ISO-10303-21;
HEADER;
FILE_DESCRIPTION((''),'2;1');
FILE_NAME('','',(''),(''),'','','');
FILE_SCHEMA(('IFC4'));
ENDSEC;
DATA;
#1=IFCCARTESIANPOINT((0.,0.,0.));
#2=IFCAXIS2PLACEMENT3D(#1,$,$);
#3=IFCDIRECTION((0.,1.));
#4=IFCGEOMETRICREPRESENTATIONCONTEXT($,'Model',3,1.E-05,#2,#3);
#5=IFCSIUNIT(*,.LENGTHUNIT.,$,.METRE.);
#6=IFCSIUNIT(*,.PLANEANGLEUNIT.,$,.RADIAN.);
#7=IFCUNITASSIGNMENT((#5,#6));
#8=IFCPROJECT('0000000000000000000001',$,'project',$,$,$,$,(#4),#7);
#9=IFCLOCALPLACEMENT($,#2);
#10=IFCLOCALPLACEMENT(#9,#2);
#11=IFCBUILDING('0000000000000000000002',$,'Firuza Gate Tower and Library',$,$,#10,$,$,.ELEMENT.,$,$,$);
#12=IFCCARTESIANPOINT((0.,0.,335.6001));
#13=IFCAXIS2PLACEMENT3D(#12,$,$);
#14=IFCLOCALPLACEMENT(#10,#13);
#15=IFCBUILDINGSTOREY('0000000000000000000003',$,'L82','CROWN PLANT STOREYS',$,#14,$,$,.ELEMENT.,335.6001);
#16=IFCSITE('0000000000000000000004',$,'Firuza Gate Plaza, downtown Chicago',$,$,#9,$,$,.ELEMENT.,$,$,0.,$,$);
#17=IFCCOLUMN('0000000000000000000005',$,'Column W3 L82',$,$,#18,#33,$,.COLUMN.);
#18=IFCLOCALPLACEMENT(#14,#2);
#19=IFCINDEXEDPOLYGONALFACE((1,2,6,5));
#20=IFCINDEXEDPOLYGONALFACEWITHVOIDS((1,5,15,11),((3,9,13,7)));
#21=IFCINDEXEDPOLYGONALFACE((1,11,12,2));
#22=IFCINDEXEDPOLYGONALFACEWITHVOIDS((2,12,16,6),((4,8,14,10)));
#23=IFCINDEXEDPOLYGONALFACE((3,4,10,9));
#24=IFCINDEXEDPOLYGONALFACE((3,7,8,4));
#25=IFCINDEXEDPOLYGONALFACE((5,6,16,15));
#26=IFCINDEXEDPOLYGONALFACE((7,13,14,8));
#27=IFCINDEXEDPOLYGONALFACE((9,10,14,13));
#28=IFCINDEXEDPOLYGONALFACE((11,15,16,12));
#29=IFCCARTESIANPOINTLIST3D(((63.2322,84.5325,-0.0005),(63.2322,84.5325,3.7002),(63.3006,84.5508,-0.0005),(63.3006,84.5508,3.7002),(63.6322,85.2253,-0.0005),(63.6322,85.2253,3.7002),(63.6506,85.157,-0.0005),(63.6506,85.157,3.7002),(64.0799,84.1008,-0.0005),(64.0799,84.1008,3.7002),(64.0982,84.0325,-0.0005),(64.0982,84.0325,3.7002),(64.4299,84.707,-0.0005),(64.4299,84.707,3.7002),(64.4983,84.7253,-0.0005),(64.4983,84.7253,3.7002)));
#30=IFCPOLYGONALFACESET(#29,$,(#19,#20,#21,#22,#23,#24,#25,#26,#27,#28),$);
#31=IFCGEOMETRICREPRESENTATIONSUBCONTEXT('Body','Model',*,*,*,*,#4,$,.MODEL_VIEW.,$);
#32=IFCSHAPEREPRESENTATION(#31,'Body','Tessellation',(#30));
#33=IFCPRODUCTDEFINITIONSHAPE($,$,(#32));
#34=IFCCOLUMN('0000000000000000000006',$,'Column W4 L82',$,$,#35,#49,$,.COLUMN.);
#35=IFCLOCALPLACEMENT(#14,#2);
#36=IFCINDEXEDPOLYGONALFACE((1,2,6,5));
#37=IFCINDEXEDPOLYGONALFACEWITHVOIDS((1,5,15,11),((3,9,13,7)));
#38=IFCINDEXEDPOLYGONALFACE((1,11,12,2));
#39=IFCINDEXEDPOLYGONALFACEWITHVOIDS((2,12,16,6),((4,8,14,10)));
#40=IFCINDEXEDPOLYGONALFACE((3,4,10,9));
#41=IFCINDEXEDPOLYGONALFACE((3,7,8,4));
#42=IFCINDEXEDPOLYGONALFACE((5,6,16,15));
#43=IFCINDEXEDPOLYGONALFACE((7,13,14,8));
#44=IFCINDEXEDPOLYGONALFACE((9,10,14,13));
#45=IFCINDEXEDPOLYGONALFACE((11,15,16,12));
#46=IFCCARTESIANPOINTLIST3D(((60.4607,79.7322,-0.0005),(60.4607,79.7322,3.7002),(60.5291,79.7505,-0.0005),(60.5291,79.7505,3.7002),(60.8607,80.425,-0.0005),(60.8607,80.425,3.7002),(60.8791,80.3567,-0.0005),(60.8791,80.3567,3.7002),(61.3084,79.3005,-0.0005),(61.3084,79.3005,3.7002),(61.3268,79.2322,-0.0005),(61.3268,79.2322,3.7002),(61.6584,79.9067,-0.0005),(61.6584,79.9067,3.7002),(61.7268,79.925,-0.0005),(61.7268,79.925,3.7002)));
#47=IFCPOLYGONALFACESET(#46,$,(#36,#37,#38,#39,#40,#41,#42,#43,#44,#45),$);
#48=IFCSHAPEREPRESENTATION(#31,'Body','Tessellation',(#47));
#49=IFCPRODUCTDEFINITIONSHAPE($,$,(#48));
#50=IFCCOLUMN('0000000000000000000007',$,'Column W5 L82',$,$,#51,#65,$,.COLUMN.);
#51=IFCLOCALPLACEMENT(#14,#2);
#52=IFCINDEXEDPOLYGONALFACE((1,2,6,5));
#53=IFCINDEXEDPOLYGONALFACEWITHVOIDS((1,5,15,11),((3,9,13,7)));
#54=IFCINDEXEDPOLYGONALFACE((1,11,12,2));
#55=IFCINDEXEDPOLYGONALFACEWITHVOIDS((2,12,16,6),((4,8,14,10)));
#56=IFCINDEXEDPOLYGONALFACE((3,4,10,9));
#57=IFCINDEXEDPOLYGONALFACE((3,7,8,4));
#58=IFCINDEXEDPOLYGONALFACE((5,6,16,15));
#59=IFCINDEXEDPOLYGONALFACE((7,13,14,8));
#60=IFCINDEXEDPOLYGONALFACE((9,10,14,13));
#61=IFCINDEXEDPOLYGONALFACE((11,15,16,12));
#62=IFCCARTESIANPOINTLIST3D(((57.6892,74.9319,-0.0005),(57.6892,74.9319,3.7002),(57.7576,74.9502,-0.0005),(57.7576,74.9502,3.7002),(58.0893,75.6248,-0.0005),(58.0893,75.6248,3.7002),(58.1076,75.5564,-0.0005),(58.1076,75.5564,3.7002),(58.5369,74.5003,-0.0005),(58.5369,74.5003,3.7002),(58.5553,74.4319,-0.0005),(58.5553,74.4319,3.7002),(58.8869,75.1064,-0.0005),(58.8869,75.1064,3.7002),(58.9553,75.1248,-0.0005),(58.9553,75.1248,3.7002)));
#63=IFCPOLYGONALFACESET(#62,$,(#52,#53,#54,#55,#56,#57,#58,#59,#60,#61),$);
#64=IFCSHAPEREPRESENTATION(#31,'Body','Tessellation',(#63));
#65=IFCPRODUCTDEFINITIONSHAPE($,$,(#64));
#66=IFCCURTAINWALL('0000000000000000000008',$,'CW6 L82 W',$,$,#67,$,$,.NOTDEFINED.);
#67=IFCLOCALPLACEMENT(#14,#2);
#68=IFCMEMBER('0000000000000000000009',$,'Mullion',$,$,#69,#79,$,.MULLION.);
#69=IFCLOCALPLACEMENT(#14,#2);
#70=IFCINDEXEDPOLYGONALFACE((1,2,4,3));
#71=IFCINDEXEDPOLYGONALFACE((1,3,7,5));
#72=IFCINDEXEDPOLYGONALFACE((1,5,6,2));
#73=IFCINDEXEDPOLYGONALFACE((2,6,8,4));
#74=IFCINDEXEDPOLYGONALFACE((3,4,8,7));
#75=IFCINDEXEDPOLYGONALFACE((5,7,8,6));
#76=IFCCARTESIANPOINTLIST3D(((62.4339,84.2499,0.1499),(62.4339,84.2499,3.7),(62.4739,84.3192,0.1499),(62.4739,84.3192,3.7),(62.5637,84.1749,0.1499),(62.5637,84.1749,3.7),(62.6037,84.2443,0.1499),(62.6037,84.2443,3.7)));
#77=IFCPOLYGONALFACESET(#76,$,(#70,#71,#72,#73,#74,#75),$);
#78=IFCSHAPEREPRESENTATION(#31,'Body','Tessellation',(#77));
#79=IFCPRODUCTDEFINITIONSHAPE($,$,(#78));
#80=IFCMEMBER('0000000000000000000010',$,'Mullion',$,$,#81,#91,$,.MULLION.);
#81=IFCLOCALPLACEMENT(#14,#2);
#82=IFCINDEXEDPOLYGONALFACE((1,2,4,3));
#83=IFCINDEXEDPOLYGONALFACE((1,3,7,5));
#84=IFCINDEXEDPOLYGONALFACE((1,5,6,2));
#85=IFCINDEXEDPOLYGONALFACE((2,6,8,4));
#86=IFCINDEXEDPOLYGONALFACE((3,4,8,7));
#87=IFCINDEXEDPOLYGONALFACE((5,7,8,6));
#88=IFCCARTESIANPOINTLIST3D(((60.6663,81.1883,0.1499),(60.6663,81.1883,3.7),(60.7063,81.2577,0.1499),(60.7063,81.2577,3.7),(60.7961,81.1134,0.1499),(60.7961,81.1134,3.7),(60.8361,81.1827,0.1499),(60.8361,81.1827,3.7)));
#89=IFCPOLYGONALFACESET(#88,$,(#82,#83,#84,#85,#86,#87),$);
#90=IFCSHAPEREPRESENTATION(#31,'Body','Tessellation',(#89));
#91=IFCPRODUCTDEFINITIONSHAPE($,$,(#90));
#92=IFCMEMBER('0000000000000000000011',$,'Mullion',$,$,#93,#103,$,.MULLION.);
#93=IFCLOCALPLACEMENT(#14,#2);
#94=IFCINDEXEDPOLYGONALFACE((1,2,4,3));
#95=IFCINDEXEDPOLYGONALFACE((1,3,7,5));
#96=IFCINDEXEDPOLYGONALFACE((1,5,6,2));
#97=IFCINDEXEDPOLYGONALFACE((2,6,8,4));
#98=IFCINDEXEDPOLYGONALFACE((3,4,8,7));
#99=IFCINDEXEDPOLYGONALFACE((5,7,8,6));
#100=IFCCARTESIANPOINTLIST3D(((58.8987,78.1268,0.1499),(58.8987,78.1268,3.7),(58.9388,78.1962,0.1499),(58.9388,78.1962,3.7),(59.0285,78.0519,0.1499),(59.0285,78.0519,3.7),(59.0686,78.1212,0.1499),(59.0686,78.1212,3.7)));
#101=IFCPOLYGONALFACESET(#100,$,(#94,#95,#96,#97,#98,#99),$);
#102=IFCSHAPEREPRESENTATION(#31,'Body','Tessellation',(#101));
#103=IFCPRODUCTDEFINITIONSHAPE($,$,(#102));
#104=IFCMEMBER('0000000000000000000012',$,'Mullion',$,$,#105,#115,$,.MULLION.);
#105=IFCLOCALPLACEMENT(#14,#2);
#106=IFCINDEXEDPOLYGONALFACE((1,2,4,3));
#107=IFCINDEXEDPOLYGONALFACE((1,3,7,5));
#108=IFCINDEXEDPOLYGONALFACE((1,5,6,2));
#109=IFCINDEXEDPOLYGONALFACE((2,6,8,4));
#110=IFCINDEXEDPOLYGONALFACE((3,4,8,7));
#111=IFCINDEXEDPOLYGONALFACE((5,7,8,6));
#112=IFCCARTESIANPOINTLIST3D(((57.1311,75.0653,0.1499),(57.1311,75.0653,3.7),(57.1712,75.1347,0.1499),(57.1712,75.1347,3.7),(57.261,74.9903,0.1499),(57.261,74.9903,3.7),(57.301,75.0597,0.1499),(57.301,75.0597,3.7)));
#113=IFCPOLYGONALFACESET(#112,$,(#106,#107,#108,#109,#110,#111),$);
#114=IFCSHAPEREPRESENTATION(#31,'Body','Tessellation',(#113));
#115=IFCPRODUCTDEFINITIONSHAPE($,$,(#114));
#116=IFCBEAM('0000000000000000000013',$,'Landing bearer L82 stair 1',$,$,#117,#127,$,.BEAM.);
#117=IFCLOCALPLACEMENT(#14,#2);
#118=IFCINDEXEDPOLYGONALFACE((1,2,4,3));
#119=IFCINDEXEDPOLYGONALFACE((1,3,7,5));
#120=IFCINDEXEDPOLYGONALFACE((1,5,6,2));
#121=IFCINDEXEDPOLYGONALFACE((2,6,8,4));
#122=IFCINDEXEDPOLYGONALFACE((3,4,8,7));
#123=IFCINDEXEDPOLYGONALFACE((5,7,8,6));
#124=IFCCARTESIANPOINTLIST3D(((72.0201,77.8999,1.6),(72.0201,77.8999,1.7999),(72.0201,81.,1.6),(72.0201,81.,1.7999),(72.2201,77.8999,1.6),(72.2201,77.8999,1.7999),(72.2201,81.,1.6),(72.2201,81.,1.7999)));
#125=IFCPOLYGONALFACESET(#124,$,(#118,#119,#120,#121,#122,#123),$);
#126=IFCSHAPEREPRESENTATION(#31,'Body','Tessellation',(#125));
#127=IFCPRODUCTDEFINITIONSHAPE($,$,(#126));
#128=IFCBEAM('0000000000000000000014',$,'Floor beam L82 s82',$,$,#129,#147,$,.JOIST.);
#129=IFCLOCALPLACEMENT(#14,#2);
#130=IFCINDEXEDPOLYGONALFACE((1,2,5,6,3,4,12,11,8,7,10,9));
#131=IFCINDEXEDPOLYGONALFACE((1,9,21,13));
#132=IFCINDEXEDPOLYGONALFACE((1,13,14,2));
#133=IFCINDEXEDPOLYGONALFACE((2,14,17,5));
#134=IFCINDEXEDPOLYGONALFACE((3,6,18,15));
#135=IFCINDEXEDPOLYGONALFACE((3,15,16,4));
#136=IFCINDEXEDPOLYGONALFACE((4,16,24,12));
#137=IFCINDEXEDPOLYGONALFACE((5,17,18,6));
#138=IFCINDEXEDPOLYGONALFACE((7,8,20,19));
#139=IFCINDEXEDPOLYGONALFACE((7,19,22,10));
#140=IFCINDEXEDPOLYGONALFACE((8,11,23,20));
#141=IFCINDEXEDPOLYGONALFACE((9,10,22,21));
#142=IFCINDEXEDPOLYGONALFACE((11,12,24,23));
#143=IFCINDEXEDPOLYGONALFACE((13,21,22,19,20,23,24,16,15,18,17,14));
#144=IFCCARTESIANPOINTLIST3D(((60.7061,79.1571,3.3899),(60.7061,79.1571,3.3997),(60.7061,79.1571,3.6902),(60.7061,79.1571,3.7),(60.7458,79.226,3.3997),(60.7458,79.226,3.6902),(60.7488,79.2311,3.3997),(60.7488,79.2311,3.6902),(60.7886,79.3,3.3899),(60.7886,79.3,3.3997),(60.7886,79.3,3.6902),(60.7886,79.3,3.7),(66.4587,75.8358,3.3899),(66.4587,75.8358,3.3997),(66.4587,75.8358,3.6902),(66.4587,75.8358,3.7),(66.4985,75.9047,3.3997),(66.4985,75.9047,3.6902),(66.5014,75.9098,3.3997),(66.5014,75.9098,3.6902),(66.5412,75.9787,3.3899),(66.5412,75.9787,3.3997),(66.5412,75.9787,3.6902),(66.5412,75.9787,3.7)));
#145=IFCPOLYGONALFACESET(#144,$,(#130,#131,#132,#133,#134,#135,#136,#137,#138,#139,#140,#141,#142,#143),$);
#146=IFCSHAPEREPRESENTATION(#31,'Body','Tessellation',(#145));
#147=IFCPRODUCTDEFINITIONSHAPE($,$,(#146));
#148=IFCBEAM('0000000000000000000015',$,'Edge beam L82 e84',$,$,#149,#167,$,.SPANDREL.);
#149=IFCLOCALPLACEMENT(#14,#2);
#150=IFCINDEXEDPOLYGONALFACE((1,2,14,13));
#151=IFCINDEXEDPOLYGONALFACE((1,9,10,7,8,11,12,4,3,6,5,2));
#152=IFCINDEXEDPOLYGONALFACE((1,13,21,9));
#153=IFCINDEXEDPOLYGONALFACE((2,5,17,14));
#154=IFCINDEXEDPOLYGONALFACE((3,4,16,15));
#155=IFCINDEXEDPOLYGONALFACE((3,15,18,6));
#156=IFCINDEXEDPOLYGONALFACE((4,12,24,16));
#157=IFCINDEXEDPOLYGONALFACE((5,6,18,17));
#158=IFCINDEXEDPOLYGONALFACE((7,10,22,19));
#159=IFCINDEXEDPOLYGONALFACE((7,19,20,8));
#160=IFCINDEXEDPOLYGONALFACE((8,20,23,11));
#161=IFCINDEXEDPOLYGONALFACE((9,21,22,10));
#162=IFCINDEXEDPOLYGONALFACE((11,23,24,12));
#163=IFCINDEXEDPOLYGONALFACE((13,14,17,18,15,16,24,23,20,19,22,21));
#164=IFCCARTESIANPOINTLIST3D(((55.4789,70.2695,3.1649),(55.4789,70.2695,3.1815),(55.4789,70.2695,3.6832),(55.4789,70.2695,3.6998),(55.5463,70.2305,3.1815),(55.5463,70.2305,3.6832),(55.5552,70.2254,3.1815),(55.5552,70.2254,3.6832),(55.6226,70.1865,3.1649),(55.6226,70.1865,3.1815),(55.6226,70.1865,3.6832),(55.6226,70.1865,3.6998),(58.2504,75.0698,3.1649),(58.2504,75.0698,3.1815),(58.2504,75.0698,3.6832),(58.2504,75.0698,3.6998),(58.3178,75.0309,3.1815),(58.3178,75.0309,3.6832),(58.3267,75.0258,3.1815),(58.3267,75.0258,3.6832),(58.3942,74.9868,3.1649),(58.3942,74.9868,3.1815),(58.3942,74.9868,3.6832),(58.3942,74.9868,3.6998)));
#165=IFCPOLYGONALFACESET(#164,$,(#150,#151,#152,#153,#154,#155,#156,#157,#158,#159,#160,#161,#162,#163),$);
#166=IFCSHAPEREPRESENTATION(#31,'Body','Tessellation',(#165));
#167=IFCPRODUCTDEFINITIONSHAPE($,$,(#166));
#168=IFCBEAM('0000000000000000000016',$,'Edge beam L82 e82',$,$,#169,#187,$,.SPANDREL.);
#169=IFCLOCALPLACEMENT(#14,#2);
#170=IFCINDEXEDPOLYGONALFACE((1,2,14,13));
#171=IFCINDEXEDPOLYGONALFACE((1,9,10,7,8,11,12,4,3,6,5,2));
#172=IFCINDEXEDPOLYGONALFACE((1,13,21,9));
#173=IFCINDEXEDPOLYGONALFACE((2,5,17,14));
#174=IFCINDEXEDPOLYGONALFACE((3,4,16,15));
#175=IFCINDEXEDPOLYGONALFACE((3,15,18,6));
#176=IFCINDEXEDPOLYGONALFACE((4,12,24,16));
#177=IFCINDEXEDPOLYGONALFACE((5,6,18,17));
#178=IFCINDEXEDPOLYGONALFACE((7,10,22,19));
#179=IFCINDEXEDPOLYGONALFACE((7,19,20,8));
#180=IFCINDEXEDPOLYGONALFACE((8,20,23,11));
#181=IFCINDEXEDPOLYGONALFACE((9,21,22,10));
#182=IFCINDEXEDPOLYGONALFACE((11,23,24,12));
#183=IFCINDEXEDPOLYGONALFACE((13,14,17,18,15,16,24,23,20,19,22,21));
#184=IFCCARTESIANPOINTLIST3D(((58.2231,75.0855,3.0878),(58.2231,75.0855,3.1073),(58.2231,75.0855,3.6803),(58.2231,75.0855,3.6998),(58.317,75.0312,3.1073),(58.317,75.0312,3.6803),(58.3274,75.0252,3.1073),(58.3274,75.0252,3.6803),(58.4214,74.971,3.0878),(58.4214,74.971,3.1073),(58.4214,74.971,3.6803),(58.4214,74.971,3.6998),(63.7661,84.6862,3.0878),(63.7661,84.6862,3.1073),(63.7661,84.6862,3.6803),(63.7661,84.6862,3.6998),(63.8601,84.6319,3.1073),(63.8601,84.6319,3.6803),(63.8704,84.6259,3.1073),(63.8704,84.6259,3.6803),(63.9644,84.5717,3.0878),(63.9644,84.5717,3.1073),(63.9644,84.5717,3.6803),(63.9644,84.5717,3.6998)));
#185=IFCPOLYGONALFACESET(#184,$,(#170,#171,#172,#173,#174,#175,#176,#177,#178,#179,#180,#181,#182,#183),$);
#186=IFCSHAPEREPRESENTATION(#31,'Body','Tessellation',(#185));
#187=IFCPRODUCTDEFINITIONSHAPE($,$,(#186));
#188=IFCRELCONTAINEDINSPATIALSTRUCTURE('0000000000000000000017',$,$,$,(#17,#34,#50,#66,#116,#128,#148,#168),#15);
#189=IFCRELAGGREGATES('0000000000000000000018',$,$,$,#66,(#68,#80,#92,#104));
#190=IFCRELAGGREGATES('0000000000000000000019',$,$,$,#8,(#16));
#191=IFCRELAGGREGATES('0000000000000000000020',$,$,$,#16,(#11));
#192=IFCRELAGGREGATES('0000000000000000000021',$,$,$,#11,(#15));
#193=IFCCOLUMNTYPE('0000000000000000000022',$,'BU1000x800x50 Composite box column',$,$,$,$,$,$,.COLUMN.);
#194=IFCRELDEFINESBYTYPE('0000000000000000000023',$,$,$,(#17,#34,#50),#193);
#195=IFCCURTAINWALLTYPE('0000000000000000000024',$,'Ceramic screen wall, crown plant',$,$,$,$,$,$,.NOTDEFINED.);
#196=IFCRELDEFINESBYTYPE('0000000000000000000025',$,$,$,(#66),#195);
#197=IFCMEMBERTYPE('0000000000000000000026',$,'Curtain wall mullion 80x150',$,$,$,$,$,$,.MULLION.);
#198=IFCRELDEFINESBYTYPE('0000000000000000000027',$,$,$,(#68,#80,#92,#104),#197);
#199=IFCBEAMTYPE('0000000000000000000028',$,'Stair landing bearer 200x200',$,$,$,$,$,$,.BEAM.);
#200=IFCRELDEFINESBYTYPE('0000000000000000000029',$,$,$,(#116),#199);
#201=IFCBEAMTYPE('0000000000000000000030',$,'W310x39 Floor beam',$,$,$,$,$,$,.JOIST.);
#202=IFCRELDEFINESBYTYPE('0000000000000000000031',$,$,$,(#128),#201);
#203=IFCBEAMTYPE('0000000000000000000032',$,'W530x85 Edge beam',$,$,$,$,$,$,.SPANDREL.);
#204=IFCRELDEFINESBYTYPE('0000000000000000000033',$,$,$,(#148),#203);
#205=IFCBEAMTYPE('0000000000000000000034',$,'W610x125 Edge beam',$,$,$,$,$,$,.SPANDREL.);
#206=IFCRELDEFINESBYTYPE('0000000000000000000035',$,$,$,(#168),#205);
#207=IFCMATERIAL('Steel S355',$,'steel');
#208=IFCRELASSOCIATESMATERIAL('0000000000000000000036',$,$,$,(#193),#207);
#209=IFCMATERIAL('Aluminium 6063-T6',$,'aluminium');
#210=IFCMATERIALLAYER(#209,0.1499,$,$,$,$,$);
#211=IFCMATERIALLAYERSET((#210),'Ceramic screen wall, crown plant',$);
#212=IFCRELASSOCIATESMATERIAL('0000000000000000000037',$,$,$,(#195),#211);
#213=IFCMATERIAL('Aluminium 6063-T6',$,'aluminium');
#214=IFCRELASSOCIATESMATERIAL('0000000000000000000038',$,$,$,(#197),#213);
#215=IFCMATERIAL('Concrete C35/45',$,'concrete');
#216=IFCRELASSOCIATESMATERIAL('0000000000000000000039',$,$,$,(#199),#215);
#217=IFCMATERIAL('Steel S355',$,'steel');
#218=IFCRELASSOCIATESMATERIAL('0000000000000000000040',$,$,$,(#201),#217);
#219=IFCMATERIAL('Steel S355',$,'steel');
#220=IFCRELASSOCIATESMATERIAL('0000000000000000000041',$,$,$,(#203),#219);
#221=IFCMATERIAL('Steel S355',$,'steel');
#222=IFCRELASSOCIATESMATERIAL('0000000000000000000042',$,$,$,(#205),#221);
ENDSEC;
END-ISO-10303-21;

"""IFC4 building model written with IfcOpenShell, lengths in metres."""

from ifc_helpers import new_model, si_unit, direction, frame, origin, origin_2d, place, context, subcontext, project, spatial, rectangle, hollow_rectangle, i_section, extrude, material, layer, layer_set, material_profile, profile_set, type_object, element, aggregate, save


model = new_model("IFC4")

# Units and contexts
model_context = context("Model", 3, precision=1e-05, world=origin(), true_north=direction((0.0, 1.0)))
body_context = subcontext(model_context, "Body", "Model", "MODEL_VIEW")
ifc_project = project(units=[si_unit("LENGTHUNIT", "METRE"), si_unit("PLANEANGLEUNIT", "RADIAN")], contexts=[model_context])

# Site, building, storey
site_placement = place(None, origin())
site = spatial("IfcSite", under=ifc_project, at=site_placement, Name="Firuza Gate Plaza, downtown Chicago", CompositionType="ELEMENT", RefElevation=0.0)
building_placement = place(site_placement, origin())
building = spatial("IfcBuilding", under=site, at=building_placement, Name="Firuza Gate Tower and Library", CompositionType="ELEMENT")
storey_placement = place(building_placement, frame((0.0, 0.0, 335.6001)))
storey = spatial("IfcBuildingStorey", under=building, at=storey_placement, Name="L82", Description="CROWN PLANT STOREYS", CompositionType="ELEMENT", Elevation=335.6001)

# Columns
ifc_material_1 = material(Name="Steel S355", Category="steel")
ifc_material_profile_1 = material_profile(ifc_material_1, hollow_rectangle(XDim=0.8, YDim=1.0, WallThickness=0.05, at=origin_2d()))
ifc_profile_set_1 = profile_set([ifc_material_profile_1], Name="Steel S355")
column_type = type_object("IfcColumnType", Name="BU1000x800x50 Composite box column", PredefinedType="COLUMN", material=ifc_profile_set_1)
for number, where, z_axis, x_axis, name in (
    (1, (63.8652, 84.6289, -0.0005), (0.0, 0.0, 1.0), (-0.5, -0.866025, 0.0), "Column W3 L82"),
    (2, (61.0938, 79.8286, -0.0005), (0.0, 0.0, 1.0), (-0.5, -0.866025, 0.0), "Column W4 L82"),
    (3, (58.3223, 75.0283, -0.0005), (0.0, 0.0, 1.0), (-0.5, -0.866025, 0.0), "Column W5 L82"),
):
    element("IfcColumn", number, at=place(storey_placement, frame(where, z_axis=z_axis, x_axis=x_axis)), inside=storey, type_object=column_type, Name=name, PredefinedType="COLUMN", context=body_context, shape_type="SweptSolid", body=[
        extrude(hollow_rectangle(XDim=0.8, YDim=1.0, WallThickness=0.05, at=origin_2d()), origin(), (0.0, 0.0, 1.0), 3.7007),
    ])

# Curtain wall, members
ifc_material_2 = material(Name="Aluminium 6063-T6", Category="aluminium")
ifc_layer_1 = layer(ifc_material_2, 0.1499)
ifc_layer_set_1 = layer_set([ifc_layer_1], Name="Ceramic screen wall, crown plant")
curtain_wall_type = type_object("IfcCurtainWallType", Name="Ceramic screen wall, crown plant", PredefinedType="NOTDEFINED", material=ifc_layer_set_1)
placement = place(storey_placement, origin())
curtain_wall = element("IfcCurtainWall", 4, at=placement, inside=storey, type_object=curtain_wall_type, Name="CW6 L82 W", PredefinedType="NOTDEFINED")
ifc_material_3 = material(Name="Aluminium 6063-T6", Category="aluminium")
ifc_material_profile_2 = material_profile(ifc_material_3, rectangle(XDim=0.1499, YDim=0.0801, at=origin_2d()))
ifc_profile_set_2 = profile_set([ifc_material_profile_2], Name="Aluminium 6063-T6")
member_type = type_object("IfcMemberType", Name="Curtain wall mullion 80x150", PredefinedType="MULLION", material=ifc_profile_set_2)
member_1_placement = place(storey_placement, frame((62.5188, 84.2471, 0.1499), z_axis=(0.0, 0.0, 1.0), x_axis=(0.866025, -0.5, 0.0)))
member_1 = element("IfcMember", 5, at=member_1_placement, type_object=member_type, Name="Mullion", PredefinedType="MULLION", context=body_context, shape_type="SweptSolid", body=[
    extrude(rectangle(XDim=0.1499, YDim=0.0801, at=origin_2d()), origin(), (0.0, 0.0, 1.0), 3.55),
])
member_2_placement = place(storey_placement, frame((60.7512, 81.1855, 0.1499), z_axis=(0.0, 0.0, 1.0), x_axis=(0.866025, -0.5, 0.0)))
member_2 = element("IfcMember", 6, at=member_2_placement, type_object=member_type, Name="Mullion", PredefinedType="MULLION", context=body_context, shape_type="SweptSolid", body=[
    extrude(rectangle(XDim=0.1499, YDim=0.0801, at=origin_2d()), origin(), (0.0, 0.0, 1.0), 3.55),
])
member_3_placement = place(storey_placement, frame((58.9836, 78.124, 0.1499), z_axis=(0.0, 0.0, 1.0), x_axis=(0.866025, -0.5, 0.0)))
member_3 = element("IfcMember", 7, at=member_3_placement, type_object=member_type, Name="Mullion", PredefinedType="MULLION", context=body_context, shape_type="SweptSolid", body=[
    extrude(rectangle(XDim=0.1499, YDim=0.0801, at=origin_2d()), origin(), (0.0, 0.0, 1.0), 3.55),
])
member_4_placement = place(storey_placement, frame((57.2161, 75.0625, 0.1499), z_axis=(0.0, 0.0, 1.0), x_axis=(0.866025, -0.5, 0.0)))
member_4 = element("IfcMember", 8, at=member_4_placement, type_object=member_type, Name="Mullion", PredefinedType="MULLION", context=body_context, shape_type="SweptSolid", body=[
    extrude(rectangle(XDim=0.1499, YDim=0.0801, at=origin_2d()), origin(), (0.0, 0.0, 1.0), 3.55),
])

# Beams
ifc_material_4 = material(Name="Concrete C35/45", Category="concrete")
ifc_material_profile_3 = material_profile(ifc_material_4, rectangle(XDim=0.2, YDim=0.2, at=origin_2d()))
ifc_profile_set_3 = profile_set([ifc_material_profile_3], Name="Concrete C35/45")
beam_type_1 = type_object("IfcBeamType", Name="Stair landing bearer 200x200", PredefinedType="BEAM", material=ifc_profile_set_3)
beam_1_placement = place(storey_placement, frame((72.1201, 77.8999, 1.7), z_axis=(0.0, 1.0, 0.0), x_axis=(-1.0, 0.0, 0.0)))
element("IfcBeam", 9, at=beam_1_placement, inside=storey, type_object=beam_type_1, Name="Landing bearer L82 stair 1", PredefinedType="BEAM", context=body_context, shape_type="SweptSolid", body=[
    extrude(rectangle(XDim=0.2, YDim=0.2, at=origin_2d()), origin(), (0.0, 0.0, 1.0), 3.1001),
])
ifc_material_5 = material(Name="Steel S355", Category="steel")
ifc_material_profile_4 = material_profile(ifc_material_5, i_section(OverallWidth=0.165, OverallDepth=0.3101, WebThickness=0.0059, FlangeThickness=0.0098, at=origin_2d()))
ifc_profile_set_4 = profile_set([ifc_material_profile_4], Name="Steel S355")
beam_type_2 = type_object("IfcBeamType", Name="W310x39 Floor beam", PredefinedType="JOIST", material=ifc_profile_set_4)
beam_2_placement = place(storey_placement, frame((60.7473, 79.2285, 3.5449), z_axis=(0.866027, -0.499997, 0.0), x_axis=(0.499997, 0.866027, 0.0)))
element("IfcBeam", 10, at=beam_2_placement, inside=storey, type_object=beam_type_2, Name="Floor beam L82 s82", PredefinedType="JOIST", context=body_context, shape_type="SweptSolid", body=[
    extrude(i_section(OverallWidth=0.165, OverallDepth=0.3101, WebThickness=0.0059, FlangeThickness=0.0098, at=origin_2d()), origin(), (0.0, 0.0, 1.0), 6.6426),
])
ifc_material_6 = material(Name="Steel S355", Category="steel")
ifc_material_profile_5 = material_profile(ifc_material_6, i_section(OverallWidth=0.166, OverallDepth=0.5349, WebThickness=0.0103, FlangeThickness=0.0166, at=origin_2d()))
ifc_profile_set_5 = profile_set([ifc_material_profile_5], Name="Steel S355")
beam_type_3 = type_object("IfcBeamType", Name="W530x85 Edge beam", PredefinedType="SPANDREL", material=ifc_profile_set_5)
beam_3_placement = place(storey_placement, frame((58.3223, 75.0283, 3.4324), z_axis=(-0.500005, -0.866023, 0.0), x_axis=(0.866023, -0.500005, 0.0)))
element("IfcBeam", 11, at=beam_3_placement, inside=storey, type_object=beam_type_3, Name="Edge beam L82 e84", PredefinedType="SPANDREL", context=body_context, shape_type="SweptSolid", body=[
    extrude(i_section(OverallWidth=0.166, OverallDepth=0.5349, WebThickness=0.0103, FlangeThickness=0.0166, at=origin_2d()), origin(), (0.0, 0.0, 1.0), 5.543),
])
ifc_material_7 = material(Name="Steel S355", Category="steel")
ifc_material_profile_6 = material_profile(ifc_material_7, i_section(OverallWidth=0.229, OverallDepth=0.6121, WebThickness=0.012, FlangeThickness=0.0195, at=origin_2d()))
ifc_profile_set_6 = profile_set([ifc_material_profile_6], Name="Steel S355")
beam_type_4 = type_object("IfcBeamType", Name="W610x125 Edge beam", PredefinedType="SPANDREL", material=ifc_profile_set_6)
beam_4_placement = place(storey_placement, frame((63.8652, 84.6289, 3.3938), z_axis=(-0.500005, -0.866023, 0.0), x_axis=(0.866023, -0.500005, 0.0)))
element("IfcBeam", 12, at=beam_4_placement, inside=storey, type_object=beam_type_4, Name="Edge beam L82 e82", PredefinedType="SPANDREL", context=body_context, shape_type="SweptSolid", body=[
    extrude(i_section(OverallWidth=0.229, OverallDepth=0.6121, WebThickness=0.012, FlangeThickness=0.0195, at=origin_2d()), origin(), (0.0, 0.0, 1.0), 11.0859),
])

aggregate(curtain_wall, [member_1, member_2, member_3, member_4])

save(model, "model.ifc")
